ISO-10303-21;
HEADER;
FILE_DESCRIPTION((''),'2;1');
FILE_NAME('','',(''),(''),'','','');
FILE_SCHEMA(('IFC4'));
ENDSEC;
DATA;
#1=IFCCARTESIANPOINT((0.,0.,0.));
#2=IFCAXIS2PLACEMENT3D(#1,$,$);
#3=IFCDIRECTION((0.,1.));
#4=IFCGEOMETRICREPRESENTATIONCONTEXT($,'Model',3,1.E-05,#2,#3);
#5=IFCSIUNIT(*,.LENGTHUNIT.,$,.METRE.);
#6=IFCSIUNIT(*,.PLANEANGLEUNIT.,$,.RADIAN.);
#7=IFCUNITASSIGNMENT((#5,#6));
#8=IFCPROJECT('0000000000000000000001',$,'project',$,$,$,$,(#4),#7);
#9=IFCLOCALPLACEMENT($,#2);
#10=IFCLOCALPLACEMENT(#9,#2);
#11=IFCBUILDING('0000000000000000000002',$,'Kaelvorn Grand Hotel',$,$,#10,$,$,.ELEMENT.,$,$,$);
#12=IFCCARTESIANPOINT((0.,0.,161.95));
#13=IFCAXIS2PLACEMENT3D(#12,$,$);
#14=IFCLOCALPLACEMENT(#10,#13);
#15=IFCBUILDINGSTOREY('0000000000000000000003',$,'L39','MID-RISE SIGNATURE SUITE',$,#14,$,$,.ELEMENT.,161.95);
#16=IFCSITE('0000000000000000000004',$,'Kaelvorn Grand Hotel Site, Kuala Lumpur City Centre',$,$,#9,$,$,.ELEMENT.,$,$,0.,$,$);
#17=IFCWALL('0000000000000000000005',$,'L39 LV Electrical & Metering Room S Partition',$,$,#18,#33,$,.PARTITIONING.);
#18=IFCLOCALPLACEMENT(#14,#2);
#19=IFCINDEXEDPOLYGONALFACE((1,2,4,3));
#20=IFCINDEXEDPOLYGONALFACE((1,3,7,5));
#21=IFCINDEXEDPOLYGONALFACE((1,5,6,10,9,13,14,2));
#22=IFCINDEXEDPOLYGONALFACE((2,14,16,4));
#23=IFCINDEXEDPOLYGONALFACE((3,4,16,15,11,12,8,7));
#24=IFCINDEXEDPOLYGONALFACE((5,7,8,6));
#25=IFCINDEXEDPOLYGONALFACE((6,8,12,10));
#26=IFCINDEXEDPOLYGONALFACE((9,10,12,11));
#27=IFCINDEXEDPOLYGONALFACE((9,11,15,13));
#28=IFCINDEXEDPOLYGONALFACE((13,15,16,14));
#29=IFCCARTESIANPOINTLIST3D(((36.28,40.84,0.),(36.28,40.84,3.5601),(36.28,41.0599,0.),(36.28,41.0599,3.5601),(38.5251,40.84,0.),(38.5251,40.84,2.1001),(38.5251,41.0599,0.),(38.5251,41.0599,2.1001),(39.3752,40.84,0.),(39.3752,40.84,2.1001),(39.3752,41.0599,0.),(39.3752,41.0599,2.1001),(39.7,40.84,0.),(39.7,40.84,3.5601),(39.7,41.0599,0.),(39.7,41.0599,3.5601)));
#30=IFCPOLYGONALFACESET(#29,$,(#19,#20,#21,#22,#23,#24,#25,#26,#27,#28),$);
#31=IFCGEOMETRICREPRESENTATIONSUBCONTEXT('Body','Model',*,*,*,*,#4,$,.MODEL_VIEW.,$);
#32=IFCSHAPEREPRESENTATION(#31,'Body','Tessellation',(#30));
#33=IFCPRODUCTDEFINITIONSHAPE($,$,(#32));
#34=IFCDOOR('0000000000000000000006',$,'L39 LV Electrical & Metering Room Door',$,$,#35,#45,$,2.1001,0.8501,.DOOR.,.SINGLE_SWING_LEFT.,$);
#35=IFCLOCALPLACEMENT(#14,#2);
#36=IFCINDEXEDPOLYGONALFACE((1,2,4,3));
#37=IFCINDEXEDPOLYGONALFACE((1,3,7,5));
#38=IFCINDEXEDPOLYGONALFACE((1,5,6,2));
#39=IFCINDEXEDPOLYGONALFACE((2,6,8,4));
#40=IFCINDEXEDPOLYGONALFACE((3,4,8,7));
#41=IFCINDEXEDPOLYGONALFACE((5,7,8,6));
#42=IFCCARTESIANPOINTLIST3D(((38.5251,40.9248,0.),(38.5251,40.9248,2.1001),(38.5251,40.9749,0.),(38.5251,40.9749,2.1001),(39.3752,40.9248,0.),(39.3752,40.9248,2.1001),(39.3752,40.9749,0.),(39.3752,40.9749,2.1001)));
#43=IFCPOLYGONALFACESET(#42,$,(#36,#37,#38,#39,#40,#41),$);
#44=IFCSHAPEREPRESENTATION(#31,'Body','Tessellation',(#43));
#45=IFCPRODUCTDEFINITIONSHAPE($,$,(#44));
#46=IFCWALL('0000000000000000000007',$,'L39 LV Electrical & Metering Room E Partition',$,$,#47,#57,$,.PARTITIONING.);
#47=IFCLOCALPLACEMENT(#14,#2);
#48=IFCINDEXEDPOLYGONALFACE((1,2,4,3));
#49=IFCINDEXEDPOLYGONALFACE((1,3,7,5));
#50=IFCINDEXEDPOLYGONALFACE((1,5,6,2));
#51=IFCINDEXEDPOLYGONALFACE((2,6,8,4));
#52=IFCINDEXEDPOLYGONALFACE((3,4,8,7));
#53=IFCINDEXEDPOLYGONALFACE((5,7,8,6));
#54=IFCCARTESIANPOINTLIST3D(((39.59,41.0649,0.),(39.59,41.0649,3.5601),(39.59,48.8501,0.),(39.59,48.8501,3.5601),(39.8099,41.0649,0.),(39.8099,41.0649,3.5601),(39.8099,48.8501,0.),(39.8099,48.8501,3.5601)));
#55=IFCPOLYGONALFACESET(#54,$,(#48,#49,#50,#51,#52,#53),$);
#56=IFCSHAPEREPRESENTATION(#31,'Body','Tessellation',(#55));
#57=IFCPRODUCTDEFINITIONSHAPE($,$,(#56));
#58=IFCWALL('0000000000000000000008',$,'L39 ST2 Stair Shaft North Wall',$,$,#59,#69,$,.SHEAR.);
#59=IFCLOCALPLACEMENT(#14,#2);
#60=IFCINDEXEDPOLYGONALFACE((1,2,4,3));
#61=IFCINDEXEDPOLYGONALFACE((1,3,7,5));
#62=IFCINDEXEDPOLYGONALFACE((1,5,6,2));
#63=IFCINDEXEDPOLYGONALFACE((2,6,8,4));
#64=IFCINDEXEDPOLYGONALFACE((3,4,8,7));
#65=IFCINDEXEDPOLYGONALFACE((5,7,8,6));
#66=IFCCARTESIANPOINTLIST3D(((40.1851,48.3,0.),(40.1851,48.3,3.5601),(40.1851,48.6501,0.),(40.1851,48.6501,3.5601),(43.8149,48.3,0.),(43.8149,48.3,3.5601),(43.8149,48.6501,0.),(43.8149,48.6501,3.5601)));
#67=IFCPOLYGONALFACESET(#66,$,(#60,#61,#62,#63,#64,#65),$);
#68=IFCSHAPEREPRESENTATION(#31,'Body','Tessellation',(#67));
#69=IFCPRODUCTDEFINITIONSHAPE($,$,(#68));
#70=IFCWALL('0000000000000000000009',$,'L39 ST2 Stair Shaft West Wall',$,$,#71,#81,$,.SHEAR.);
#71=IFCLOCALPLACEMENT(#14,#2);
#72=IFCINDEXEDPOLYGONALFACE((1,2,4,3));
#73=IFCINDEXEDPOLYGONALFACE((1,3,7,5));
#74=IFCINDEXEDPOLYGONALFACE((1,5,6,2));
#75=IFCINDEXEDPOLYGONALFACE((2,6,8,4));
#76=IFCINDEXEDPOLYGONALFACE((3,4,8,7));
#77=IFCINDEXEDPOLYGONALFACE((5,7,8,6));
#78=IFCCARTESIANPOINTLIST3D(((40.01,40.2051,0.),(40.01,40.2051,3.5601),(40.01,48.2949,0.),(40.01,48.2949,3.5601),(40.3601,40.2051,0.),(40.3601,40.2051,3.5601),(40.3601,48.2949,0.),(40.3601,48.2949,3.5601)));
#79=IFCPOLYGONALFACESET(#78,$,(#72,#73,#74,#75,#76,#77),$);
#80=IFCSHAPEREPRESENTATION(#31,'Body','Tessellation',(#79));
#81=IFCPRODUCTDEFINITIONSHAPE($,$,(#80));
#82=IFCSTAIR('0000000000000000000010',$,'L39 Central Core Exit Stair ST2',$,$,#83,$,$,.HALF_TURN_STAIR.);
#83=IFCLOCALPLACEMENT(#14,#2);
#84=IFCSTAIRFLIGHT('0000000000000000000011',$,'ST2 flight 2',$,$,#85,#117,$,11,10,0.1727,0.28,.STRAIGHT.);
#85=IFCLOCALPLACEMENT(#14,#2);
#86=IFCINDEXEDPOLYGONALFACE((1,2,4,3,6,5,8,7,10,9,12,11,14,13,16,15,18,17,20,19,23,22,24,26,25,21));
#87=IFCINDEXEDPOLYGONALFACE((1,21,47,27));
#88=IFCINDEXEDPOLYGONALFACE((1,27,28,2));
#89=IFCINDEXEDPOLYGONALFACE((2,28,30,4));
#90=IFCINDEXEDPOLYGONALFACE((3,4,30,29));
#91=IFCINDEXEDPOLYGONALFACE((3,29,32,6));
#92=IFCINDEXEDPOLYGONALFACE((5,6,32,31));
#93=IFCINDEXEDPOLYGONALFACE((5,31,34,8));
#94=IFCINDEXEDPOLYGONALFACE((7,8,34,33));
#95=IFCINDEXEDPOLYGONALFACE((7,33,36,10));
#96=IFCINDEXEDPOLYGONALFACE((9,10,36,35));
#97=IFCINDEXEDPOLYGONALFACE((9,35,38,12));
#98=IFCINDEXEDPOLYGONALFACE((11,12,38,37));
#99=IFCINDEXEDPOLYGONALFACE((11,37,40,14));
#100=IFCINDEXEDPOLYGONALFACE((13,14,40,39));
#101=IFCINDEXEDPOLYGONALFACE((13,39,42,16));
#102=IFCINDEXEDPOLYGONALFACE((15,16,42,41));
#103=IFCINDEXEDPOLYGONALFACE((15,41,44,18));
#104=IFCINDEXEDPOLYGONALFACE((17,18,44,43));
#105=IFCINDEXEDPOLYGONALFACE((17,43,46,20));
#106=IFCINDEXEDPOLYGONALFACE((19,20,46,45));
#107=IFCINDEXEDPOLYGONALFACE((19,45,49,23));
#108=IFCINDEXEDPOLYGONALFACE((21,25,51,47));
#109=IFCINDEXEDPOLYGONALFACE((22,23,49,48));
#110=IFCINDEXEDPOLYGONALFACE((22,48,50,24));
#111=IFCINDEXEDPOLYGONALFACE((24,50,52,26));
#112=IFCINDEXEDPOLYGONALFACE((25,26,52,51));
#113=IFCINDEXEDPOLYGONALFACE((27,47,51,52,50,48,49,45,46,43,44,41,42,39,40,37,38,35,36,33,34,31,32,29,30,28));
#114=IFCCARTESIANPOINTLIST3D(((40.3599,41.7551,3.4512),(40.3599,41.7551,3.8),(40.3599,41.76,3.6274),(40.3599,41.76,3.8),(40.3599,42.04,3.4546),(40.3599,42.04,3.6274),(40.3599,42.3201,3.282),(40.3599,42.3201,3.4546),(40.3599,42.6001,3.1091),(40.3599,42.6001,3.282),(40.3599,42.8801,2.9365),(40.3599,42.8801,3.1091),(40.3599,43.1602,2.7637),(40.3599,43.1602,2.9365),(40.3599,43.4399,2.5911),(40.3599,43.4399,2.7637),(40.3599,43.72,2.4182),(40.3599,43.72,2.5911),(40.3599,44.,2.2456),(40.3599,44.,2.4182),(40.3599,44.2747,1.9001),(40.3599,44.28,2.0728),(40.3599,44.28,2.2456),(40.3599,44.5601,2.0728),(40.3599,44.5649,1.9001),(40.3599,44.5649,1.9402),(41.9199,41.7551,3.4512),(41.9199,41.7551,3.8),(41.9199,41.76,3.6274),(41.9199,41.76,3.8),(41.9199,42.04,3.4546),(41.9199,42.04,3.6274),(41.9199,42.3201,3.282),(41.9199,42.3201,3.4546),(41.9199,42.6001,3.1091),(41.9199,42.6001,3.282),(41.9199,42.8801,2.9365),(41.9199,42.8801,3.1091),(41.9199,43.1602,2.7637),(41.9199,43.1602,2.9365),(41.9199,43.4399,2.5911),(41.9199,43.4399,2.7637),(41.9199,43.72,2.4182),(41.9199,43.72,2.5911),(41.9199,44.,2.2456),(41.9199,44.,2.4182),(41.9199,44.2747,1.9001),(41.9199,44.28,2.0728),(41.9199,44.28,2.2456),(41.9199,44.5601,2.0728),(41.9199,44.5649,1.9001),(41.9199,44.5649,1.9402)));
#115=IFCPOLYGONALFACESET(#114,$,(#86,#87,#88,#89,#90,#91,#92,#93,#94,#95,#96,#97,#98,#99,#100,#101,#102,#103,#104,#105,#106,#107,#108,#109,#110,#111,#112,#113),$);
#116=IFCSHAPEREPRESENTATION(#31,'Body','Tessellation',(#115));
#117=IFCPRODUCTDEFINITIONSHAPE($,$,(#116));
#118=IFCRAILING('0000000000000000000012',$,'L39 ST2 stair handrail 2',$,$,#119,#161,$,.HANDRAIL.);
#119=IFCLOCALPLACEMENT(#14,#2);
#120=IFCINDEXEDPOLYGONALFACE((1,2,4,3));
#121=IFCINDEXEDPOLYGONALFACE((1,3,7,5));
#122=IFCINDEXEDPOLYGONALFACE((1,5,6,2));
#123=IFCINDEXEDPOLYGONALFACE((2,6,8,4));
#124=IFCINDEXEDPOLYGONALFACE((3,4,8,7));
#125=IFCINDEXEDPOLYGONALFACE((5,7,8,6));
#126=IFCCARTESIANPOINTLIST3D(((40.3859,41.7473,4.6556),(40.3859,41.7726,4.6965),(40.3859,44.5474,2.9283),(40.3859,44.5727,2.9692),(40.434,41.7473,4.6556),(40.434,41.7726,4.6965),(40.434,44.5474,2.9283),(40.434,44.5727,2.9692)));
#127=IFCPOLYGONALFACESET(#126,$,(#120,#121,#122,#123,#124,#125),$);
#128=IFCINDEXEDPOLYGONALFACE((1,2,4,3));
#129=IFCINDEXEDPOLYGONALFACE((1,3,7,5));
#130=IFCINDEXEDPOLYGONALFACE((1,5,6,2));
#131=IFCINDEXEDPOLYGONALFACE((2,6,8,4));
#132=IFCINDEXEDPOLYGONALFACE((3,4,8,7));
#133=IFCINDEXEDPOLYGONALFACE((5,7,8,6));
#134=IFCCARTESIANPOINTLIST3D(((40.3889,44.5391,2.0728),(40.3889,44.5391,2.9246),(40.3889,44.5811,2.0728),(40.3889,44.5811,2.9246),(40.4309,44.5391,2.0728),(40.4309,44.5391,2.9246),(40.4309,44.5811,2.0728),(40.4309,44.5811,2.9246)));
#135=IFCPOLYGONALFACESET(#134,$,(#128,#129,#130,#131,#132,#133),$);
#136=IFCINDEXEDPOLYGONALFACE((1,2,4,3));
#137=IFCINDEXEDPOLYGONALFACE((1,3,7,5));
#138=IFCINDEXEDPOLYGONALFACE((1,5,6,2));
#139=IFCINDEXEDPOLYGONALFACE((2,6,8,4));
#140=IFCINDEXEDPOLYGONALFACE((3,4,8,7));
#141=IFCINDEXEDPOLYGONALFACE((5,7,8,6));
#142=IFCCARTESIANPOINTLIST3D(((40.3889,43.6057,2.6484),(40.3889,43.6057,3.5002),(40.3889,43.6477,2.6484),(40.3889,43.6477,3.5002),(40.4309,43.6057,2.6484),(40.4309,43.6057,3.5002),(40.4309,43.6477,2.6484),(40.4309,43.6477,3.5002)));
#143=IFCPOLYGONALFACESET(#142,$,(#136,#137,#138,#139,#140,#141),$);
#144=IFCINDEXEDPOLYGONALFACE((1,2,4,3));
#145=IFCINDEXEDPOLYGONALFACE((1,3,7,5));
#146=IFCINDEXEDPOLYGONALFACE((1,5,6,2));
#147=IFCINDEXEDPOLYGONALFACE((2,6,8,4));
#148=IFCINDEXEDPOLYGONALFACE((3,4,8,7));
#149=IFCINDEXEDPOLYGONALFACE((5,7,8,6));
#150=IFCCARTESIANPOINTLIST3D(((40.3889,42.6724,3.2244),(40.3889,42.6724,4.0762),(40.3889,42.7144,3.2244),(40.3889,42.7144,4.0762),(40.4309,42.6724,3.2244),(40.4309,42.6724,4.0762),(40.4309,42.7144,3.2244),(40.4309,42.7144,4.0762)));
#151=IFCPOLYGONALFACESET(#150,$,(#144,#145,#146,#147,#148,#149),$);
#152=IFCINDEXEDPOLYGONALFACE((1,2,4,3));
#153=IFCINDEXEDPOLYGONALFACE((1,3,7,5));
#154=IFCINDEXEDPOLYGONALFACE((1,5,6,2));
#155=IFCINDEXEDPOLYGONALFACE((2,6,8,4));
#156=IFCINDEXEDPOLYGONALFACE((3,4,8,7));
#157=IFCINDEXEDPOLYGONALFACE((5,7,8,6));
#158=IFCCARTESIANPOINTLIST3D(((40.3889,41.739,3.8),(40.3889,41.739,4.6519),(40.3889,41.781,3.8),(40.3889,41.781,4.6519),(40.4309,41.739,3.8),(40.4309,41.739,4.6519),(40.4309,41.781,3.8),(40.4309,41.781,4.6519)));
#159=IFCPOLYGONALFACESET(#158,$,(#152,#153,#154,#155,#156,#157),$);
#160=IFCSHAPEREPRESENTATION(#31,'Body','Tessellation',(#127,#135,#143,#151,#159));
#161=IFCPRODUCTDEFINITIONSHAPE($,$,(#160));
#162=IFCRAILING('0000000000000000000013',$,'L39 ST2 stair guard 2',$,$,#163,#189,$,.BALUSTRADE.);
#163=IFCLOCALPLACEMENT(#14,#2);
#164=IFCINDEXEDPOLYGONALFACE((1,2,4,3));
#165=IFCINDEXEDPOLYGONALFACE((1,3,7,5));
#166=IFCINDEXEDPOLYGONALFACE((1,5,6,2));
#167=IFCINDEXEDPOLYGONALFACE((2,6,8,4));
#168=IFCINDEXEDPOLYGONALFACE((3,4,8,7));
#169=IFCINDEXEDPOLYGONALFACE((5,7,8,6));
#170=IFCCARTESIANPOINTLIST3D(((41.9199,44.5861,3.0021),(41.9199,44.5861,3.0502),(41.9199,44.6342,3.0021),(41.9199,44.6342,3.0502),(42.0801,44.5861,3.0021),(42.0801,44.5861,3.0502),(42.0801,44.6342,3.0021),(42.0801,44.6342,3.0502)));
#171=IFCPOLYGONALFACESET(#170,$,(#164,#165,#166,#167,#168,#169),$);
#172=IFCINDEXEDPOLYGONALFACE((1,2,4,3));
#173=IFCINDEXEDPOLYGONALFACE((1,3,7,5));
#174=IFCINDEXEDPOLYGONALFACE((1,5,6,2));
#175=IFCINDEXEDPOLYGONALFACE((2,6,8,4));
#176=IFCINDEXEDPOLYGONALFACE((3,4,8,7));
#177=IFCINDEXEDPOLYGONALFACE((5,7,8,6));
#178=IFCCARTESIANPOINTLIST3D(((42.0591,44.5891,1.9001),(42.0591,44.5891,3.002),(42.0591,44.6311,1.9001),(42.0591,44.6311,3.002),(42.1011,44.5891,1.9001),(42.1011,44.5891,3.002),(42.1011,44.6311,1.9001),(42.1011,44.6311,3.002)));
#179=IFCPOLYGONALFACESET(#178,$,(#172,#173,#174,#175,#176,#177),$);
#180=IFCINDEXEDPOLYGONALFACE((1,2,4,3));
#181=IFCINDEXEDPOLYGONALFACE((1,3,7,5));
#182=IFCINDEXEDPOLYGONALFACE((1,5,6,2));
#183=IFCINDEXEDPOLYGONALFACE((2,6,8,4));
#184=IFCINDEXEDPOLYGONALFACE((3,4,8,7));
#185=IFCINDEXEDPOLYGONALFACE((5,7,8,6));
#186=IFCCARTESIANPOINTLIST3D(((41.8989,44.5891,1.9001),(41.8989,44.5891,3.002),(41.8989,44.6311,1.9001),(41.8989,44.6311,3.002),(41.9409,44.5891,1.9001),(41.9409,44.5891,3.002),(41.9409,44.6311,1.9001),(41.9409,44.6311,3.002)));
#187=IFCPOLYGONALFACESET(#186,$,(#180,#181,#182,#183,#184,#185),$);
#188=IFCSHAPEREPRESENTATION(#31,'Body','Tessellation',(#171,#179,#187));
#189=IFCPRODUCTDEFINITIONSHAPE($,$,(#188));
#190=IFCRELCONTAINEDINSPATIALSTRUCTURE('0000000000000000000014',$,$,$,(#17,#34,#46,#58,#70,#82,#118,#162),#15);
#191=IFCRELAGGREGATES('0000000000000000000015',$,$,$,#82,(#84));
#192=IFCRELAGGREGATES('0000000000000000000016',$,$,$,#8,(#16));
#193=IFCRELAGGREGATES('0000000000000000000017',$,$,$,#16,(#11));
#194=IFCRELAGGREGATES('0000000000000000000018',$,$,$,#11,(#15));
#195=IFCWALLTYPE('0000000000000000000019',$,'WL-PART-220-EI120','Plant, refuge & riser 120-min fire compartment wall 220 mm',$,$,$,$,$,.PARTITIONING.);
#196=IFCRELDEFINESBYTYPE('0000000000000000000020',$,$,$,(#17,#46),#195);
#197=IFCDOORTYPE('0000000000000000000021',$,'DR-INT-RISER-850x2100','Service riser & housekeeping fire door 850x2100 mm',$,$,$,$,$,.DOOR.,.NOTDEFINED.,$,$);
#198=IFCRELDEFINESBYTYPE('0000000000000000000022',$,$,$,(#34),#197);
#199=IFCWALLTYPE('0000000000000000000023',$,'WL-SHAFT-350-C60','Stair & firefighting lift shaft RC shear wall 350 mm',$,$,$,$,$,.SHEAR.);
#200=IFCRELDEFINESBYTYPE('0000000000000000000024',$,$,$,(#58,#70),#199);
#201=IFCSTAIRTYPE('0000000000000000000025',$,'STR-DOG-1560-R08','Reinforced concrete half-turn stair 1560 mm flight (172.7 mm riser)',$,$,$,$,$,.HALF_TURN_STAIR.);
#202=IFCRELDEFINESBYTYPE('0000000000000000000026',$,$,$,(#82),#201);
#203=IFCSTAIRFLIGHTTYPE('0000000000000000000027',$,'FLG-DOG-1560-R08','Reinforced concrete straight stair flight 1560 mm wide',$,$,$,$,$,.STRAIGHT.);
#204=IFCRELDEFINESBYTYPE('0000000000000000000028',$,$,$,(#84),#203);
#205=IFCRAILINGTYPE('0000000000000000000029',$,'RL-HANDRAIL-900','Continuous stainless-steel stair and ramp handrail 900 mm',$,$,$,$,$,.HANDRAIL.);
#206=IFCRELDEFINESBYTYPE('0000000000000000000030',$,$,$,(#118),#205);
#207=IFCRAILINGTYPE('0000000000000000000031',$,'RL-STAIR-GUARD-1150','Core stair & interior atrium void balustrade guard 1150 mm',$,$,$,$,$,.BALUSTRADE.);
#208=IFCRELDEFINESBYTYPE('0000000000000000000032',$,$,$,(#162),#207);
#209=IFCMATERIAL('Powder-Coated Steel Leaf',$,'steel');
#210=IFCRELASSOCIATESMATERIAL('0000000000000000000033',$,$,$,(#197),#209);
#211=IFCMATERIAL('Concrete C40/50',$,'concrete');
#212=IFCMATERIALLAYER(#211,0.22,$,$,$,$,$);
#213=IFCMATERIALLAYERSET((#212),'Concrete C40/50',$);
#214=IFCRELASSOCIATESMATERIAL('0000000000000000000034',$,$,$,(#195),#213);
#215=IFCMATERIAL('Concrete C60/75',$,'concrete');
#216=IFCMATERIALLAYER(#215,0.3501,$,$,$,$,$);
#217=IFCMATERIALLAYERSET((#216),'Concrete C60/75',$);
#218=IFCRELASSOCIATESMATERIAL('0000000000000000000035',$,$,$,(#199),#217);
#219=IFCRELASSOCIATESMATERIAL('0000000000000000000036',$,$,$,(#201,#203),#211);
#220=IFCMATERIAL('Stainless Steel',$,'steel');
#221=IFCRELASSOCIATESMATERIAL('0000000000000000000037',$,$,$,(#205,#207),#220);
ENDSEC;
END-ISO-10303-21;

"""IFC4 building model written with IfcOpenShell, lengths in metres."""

from ifc_helpers import new_model, si_unit, direction, frame, frame_2d, origin, origin_2d, place, context, subcontext, project, spatial, polyline, rectangle, outline, extrude, material, layer, layer_set, type_object, element, fill, aggregate, save


model = new_model("IFC4")

# Units and contexts
model_context = context("Model", 3, precision=1e-05, world=origin(), true_north=direction((0.0, 1.0)))
body_context = subcontext(model_context, "Body", "Model", "MODEL_VIEW")
ifc_project = project(units=[si_unit("LENGTHUNIT", "METRE"), si_unit("PLANEANGLEUNIT", "RADIAN")], contexts=[model_context])

# Site, building, storey
site_placement = place(None, origin())
site = spatial("IfcSite", under=ifc_project, at=site_placement, Name="Kaelvorn Grand Hotel Site, Kuala Lumpur City Centre", CompositionType="ELEMENT", RefElevation=0.0)
building_placement = place(site_placement, origin())
building = spatial("IfcBuilding", under=site, at=building_placement, Name="Kaelvorn Grand Hotel", CompositionType="ELEMENT")
storey_placement = place(building_placement, frame((0.0, 0.0, 161.95)))
storey = spatial("IfcBuildingStorey", under=building, at=storey_placement, Name="L39", Description="MID-RISE SIGNATURE SUITE", CompositionType="ELEMENT", Elevation=161.95)

# Shared definitions
ifc_material_1 = material(Name="Concrete C60/75", Category="concrete")

# Shared definitions
ifc_material_2 = material(Name="Powder-Coated Steel Leaf", Category="steel")
door_type_1 = type_object("IfcDoorType", Name="DR-INT-RISER-850x2100", Description="Service riser & housekeeping fire door 850x2100 mm", OperationType="NOTDEFINED", PredefinedType="DOOR", material=ifc_material_2)

# Shared definitions
ifc_material_3 = material(Name="Concrete C40/50", Category="concrete")
ifc_layer_1 = layer(ifc_material_3, 0.22)
ifc_layer_set_1 = layer_set([ifc_layer_1], Name="Concrete C40/50")
wall_type_1 = type_object("IfcWallType", Name="WL-PART-220-EI120", Description="Plant, refuge & riser 120-min fire compartment wall 220 mm", PredefinedType="PARTITIONING", material=ifc_layer_set_1)

# Wall, opening, door
wall_1_placement = place(storey_placement, frame((36.28, 40.95, 0.0), z_axis=(0.0, 0.0, 1.0), x_axis=(1.0, 0.0, 0.0)))
wall_1 = element("IfcWall", 1, at=wall_1_placement, inside=storey, type_object=wall_type_1, Name="L39 LV Electrical & Metering Room S Partition", PredefinedType="PARTITIONING", context=body_context, shape_type="SweptSolid", body=[
    extrude(rectangle(XDim=3.4199, YDim=0.22, at=frame_2d((1.71, 0.0))), origin(), (0.0, 0.0, 1.0), 3.5601),
])
opening_1_placement = place(wall_1_placement, frame((2.2451, 0.0, 0.0)))
opening_1 = element("IfcOpeningElement", 2, at=opening_1_placement, cuts=wall_1, PredefinedType="OPENING", context=body_context, shape_type="SweptSolid", body=[
    extrude(rectangle(XDim=0.8501, YDim=2.1001, at=frame_2d((0.425, 1.05))), frame((0.0, 0.1201, 0.0), z_axis=(0.0, -1.0, 0.0), x_axis=(1.0, 0.0, 0.0)), (0.0, 0.0, 1.0), 0.24),
])
door_1_placement = place(opening_1_placement, origin())
door_1 = element("IfcDoor", 3, at=door_1_placement, inside=storey, type_object=door_type_1, Name="L39 LV Electrical & Metering Room Door", OperationType="SINGLE_SWING_LEFT", OverallHeight=2.1001, OverallWidth=0.8501, PredefinedType="DOOR", context=body_context, shape_type="SweptSolid", body=[
    extrude(rectangle(XDim=0.8501, YDim=2.1001, at=frame_2d((0.425, 1.05))), frame((0.0, 0.0249, 0.0), z_axis=(0.0, -1.0, 0.0), x_axis=(1.0, 0.0, 0.0)), (0.0, 0.0, 1.0), 0.05),
])
fill(opening_1, door_1)

# Wall
wall_2_placement = place(storey_placement, frame((39.7, 41.0649, 0.0), z_axis=(0.0, 0.0, 1.0), x_axis=(0.0, 1.0, 0.0)))
element("IfcWall", 4, at=wall_2_placement, inside=storey, type_object=wall_type_1, Name="L39 LV Electrical & Metering Room E Partition", PredefinedType="PARTITIONING", context=body_context, shape_type="SweptSolid", body=[
    extrude(rectangle(XDim=7.7852, YDim=0.22, at=frame_2d((3.8926, 0.0))), origin(), (0.0, 0.0, 1.0), 3.5601),
])

# Shared definitions
ifc_layer_2 = layer(ifc_material_1, 0.3501)
ifc_layer_set_2 = layer_set([ifc_layer_2], Name="Concrete C60/75")
wall_type_2 = type_object("IfcWallType", Name="WL-SHAFT-350-C60", Description="Stair & firefighting lift shaft RC shear wall 350 mm", PredefinedType="SHEAR", material=ifc_layer_set_2)

# Walls
wall_3_placement = place(storey_placement, frame((40.1851, 48.4751, 0.0), z_axis=(0.0, 0.0, 1.0), x_axis=(1.0, 0.0, 0.0)))
element("IfcWall", 5, at=wall_3_placement, inside=storey, type_object=wall_type_2, Name="L39 ST2 Stair Shaft North Wall", PredefinedType="SHEAR", context=body_context, shape_type="SweptSolid", body=[
    extrude(rectangle(XDim=3.6299, YDim=0.3501, at=frame_2d((1.8149, 0.0))), origin(), (0.0, 0.0, 1.0), 3.5601),
])
wall_4_placement = place(storey_placement, frame((40.1851, 40.2051, 0.0), z_axis=(0.0, 0.0, 1.0), x_axis=(0.0, 1.0, 0.0)))
element("IfcWall", 6, at=wall_4_placement, inside=storey, type_object=wall_type_2, Name="L39 ST2 Stair Shaft West Wall", PredefinedType="SHEAR", context=body_context, shape_type="SweptSolid", body=[
    extrude(rectangle(XDim=8.0898, YDim=0.3501, at=frame_2d((4.0449, 0.0))), origin(), (0.0, 0.0, 1.0), 3.5601),
])

# Stair, stair flight
stair_type = type_object("IfcStairType", Name="STR-DOG-1560-R08", Description="Reinforced concrete half-turn stair 1560 mm flight (172.7 mm riser)", PredefinedType="HALF_TURN_STAIR", material=ifc_material_3)
stair_placement = place(storey_placement, origin())
stair = element("IfcStair", 7, at=stair_placement, inside=storey, type_object=stair_type, Name="L39 Central Core Exit Stair ST2", PredefinedType="HALF_TURN_STAIR")
stair_flight_type = type_object("IfcStairFlightType", Name="FLG-DOG-1560-R08", Description="Reinforced concrete straight stair flight 1560 mm wide", PredefinedType="STRAIGHT", material=ifc_material_3)
stair_flight_placement = place(storey_placement, frame((41.1399, 44.5601, 1.9001), z_axis=(0.0, 0.0, 1.0), x_axis=(0.0, -1.0, 0.0)))
stair_flight = element("IfcStairFlight", 8, at=stair_flight_placement, type_object=stair_flight_type, Name="ST2 flight 2", NumberOfRisers=11, NumberOfTreads=10, PredefinedType="STRAIGHT", RiserHeight=0.1727, TreadLength=0.28, context=body_context, shape_type="SweptSolid", body=[
    extrude(outline(polyline([(-0.0049, 0.0), (-0.0049, 0.04), (0.0, 0.1726), (0.28, 0.1726), (0.28, 0.3455), (0.5601, 0.3455), (0.5601, 0.5181), (0.8401, 0.5181), (0.8401, 0.6909), (1.1201, 0.6909), (1.1201, 0.8635), (1.3999, 0.8635), (1.3999, 1.0364), (1.6799, 1.0364), (1.6799, 1.209), (1.96, 1.209), (1.96, 1.3818), (2.24, 1.3818), (2.24, 1.5544), (2.52, 1.5544), (2.52, 1.7273), (2.8, 1.7273), (2.8, 1.8999), (2.8049, 1.8999), (2.8049, 1.551), (0.2854, 0.0), (-0.0049, 0.0)])), frame((0.0, 0.78, 0.0), z_axis=(0.0, -1.0, 0.0), x_axis=(1.0, 0.0, 0.0)), (0.0, 0.0, 1.0), 1.5601),
])
aggregate(stair, [stair_flight])

# Railings
ifc_material_4 = material(Name="Stainless Steel", Category="steel")
railing_type_1 = type_object("IfcRailingType", Name="RL-HANDRAIL-900", Description="Continuous stainless-steel stair and ramp handrail 900 mm", PredefinedType="HANDRAIL", material=ifc_material_4)
railing_1_placement = place(storey_placement, frame((40.4099, 44.5601, 2.0728)))
element("IfcRailing", 9, at=railing_1_placement, inside=storey, type_object=railing_type_1, Name="L39 ST2 stair handrail 2", PredefinedType="HANDRAIL", context=body_context, shape_type="SweptSolid", body=[
    extrude(rectangle(XDim=0.0481, YDim=0.0481, at=origin_2d()), frame((0.0, 0.0, 0.876), z_axis=(0.0, -0.85109, 0.52502), x_axis=(1.0, 0.0, 0.0)), (0.0, 0.0, 1.0), 3.29),
    extrude(rectangle(XDim=0.042, YDim=0.042, at=origin_2d()), origin(), (0.0, 0.0, 1.0), 0.8518),
    extrude(rectangle(XDim=0.042, YDim=0.042, at=origin_2d()), frame((0.0, -0.9333, 0.5757)), (0.0, 0.0, 1.0), 0.8518),
    extrude(rectangle(XDim=0.042, YDim=0.042, at=origin_2d()), frame((0.0, -1.8667, 1.1516)), (0.0, 0.0, 1.0), 0.8518),
    extrude(rectangle(XDim=0.042, YDim=0.042, at=origin_2d()), frame((0.0, -2.8, 1.7273)), (0.0, 0.0, 1.0), 0.8518),
])
railing_type_2 = type_object("IfcRailingType", Name="RL-STAIR-GUARD-1150", Description="Core stair & interior atrium void balustrade guard 1150 mm", PredefinedType="BALUSTRADE", material=ifc_material_4)
railing_2_placement = place(storey_placement, frame((42.0801, 44.6101, 1.9001)))
element("IfcRailing", 10, at=railing_2_placement, inside=storey, type_object=railing_type_2, Name="L39 ST2 stair guard 2", PredefinedType="BALUSTRADE", context=body_context, shape_type="SweptSolid", body=[
    extrude(rectangle(XDim=0.0481, YDim=0.0481, at=origin_2d()), frame((0.0, 0.0, 1.126), z_axis=(-1.0, 0.0, 0.0), x_axis=(0.0, -1.0, 0.0)), (0.0, 0.0, 1.0), 0.1602),
    extrude(rectangle(XDim=0.042, YDim=0.042, at=origin_2d()), origin(), (0.0, 0.0, 1.0), 1.1018),
    extrude(rectangle(XDim=0.042, YDim=0.042, at=origin_2d()), frame((-0.1602, 0.0, 0.0)), (0.0, 0.0, 1.0), 1.1018),
])

save(model, "model.ifc")
